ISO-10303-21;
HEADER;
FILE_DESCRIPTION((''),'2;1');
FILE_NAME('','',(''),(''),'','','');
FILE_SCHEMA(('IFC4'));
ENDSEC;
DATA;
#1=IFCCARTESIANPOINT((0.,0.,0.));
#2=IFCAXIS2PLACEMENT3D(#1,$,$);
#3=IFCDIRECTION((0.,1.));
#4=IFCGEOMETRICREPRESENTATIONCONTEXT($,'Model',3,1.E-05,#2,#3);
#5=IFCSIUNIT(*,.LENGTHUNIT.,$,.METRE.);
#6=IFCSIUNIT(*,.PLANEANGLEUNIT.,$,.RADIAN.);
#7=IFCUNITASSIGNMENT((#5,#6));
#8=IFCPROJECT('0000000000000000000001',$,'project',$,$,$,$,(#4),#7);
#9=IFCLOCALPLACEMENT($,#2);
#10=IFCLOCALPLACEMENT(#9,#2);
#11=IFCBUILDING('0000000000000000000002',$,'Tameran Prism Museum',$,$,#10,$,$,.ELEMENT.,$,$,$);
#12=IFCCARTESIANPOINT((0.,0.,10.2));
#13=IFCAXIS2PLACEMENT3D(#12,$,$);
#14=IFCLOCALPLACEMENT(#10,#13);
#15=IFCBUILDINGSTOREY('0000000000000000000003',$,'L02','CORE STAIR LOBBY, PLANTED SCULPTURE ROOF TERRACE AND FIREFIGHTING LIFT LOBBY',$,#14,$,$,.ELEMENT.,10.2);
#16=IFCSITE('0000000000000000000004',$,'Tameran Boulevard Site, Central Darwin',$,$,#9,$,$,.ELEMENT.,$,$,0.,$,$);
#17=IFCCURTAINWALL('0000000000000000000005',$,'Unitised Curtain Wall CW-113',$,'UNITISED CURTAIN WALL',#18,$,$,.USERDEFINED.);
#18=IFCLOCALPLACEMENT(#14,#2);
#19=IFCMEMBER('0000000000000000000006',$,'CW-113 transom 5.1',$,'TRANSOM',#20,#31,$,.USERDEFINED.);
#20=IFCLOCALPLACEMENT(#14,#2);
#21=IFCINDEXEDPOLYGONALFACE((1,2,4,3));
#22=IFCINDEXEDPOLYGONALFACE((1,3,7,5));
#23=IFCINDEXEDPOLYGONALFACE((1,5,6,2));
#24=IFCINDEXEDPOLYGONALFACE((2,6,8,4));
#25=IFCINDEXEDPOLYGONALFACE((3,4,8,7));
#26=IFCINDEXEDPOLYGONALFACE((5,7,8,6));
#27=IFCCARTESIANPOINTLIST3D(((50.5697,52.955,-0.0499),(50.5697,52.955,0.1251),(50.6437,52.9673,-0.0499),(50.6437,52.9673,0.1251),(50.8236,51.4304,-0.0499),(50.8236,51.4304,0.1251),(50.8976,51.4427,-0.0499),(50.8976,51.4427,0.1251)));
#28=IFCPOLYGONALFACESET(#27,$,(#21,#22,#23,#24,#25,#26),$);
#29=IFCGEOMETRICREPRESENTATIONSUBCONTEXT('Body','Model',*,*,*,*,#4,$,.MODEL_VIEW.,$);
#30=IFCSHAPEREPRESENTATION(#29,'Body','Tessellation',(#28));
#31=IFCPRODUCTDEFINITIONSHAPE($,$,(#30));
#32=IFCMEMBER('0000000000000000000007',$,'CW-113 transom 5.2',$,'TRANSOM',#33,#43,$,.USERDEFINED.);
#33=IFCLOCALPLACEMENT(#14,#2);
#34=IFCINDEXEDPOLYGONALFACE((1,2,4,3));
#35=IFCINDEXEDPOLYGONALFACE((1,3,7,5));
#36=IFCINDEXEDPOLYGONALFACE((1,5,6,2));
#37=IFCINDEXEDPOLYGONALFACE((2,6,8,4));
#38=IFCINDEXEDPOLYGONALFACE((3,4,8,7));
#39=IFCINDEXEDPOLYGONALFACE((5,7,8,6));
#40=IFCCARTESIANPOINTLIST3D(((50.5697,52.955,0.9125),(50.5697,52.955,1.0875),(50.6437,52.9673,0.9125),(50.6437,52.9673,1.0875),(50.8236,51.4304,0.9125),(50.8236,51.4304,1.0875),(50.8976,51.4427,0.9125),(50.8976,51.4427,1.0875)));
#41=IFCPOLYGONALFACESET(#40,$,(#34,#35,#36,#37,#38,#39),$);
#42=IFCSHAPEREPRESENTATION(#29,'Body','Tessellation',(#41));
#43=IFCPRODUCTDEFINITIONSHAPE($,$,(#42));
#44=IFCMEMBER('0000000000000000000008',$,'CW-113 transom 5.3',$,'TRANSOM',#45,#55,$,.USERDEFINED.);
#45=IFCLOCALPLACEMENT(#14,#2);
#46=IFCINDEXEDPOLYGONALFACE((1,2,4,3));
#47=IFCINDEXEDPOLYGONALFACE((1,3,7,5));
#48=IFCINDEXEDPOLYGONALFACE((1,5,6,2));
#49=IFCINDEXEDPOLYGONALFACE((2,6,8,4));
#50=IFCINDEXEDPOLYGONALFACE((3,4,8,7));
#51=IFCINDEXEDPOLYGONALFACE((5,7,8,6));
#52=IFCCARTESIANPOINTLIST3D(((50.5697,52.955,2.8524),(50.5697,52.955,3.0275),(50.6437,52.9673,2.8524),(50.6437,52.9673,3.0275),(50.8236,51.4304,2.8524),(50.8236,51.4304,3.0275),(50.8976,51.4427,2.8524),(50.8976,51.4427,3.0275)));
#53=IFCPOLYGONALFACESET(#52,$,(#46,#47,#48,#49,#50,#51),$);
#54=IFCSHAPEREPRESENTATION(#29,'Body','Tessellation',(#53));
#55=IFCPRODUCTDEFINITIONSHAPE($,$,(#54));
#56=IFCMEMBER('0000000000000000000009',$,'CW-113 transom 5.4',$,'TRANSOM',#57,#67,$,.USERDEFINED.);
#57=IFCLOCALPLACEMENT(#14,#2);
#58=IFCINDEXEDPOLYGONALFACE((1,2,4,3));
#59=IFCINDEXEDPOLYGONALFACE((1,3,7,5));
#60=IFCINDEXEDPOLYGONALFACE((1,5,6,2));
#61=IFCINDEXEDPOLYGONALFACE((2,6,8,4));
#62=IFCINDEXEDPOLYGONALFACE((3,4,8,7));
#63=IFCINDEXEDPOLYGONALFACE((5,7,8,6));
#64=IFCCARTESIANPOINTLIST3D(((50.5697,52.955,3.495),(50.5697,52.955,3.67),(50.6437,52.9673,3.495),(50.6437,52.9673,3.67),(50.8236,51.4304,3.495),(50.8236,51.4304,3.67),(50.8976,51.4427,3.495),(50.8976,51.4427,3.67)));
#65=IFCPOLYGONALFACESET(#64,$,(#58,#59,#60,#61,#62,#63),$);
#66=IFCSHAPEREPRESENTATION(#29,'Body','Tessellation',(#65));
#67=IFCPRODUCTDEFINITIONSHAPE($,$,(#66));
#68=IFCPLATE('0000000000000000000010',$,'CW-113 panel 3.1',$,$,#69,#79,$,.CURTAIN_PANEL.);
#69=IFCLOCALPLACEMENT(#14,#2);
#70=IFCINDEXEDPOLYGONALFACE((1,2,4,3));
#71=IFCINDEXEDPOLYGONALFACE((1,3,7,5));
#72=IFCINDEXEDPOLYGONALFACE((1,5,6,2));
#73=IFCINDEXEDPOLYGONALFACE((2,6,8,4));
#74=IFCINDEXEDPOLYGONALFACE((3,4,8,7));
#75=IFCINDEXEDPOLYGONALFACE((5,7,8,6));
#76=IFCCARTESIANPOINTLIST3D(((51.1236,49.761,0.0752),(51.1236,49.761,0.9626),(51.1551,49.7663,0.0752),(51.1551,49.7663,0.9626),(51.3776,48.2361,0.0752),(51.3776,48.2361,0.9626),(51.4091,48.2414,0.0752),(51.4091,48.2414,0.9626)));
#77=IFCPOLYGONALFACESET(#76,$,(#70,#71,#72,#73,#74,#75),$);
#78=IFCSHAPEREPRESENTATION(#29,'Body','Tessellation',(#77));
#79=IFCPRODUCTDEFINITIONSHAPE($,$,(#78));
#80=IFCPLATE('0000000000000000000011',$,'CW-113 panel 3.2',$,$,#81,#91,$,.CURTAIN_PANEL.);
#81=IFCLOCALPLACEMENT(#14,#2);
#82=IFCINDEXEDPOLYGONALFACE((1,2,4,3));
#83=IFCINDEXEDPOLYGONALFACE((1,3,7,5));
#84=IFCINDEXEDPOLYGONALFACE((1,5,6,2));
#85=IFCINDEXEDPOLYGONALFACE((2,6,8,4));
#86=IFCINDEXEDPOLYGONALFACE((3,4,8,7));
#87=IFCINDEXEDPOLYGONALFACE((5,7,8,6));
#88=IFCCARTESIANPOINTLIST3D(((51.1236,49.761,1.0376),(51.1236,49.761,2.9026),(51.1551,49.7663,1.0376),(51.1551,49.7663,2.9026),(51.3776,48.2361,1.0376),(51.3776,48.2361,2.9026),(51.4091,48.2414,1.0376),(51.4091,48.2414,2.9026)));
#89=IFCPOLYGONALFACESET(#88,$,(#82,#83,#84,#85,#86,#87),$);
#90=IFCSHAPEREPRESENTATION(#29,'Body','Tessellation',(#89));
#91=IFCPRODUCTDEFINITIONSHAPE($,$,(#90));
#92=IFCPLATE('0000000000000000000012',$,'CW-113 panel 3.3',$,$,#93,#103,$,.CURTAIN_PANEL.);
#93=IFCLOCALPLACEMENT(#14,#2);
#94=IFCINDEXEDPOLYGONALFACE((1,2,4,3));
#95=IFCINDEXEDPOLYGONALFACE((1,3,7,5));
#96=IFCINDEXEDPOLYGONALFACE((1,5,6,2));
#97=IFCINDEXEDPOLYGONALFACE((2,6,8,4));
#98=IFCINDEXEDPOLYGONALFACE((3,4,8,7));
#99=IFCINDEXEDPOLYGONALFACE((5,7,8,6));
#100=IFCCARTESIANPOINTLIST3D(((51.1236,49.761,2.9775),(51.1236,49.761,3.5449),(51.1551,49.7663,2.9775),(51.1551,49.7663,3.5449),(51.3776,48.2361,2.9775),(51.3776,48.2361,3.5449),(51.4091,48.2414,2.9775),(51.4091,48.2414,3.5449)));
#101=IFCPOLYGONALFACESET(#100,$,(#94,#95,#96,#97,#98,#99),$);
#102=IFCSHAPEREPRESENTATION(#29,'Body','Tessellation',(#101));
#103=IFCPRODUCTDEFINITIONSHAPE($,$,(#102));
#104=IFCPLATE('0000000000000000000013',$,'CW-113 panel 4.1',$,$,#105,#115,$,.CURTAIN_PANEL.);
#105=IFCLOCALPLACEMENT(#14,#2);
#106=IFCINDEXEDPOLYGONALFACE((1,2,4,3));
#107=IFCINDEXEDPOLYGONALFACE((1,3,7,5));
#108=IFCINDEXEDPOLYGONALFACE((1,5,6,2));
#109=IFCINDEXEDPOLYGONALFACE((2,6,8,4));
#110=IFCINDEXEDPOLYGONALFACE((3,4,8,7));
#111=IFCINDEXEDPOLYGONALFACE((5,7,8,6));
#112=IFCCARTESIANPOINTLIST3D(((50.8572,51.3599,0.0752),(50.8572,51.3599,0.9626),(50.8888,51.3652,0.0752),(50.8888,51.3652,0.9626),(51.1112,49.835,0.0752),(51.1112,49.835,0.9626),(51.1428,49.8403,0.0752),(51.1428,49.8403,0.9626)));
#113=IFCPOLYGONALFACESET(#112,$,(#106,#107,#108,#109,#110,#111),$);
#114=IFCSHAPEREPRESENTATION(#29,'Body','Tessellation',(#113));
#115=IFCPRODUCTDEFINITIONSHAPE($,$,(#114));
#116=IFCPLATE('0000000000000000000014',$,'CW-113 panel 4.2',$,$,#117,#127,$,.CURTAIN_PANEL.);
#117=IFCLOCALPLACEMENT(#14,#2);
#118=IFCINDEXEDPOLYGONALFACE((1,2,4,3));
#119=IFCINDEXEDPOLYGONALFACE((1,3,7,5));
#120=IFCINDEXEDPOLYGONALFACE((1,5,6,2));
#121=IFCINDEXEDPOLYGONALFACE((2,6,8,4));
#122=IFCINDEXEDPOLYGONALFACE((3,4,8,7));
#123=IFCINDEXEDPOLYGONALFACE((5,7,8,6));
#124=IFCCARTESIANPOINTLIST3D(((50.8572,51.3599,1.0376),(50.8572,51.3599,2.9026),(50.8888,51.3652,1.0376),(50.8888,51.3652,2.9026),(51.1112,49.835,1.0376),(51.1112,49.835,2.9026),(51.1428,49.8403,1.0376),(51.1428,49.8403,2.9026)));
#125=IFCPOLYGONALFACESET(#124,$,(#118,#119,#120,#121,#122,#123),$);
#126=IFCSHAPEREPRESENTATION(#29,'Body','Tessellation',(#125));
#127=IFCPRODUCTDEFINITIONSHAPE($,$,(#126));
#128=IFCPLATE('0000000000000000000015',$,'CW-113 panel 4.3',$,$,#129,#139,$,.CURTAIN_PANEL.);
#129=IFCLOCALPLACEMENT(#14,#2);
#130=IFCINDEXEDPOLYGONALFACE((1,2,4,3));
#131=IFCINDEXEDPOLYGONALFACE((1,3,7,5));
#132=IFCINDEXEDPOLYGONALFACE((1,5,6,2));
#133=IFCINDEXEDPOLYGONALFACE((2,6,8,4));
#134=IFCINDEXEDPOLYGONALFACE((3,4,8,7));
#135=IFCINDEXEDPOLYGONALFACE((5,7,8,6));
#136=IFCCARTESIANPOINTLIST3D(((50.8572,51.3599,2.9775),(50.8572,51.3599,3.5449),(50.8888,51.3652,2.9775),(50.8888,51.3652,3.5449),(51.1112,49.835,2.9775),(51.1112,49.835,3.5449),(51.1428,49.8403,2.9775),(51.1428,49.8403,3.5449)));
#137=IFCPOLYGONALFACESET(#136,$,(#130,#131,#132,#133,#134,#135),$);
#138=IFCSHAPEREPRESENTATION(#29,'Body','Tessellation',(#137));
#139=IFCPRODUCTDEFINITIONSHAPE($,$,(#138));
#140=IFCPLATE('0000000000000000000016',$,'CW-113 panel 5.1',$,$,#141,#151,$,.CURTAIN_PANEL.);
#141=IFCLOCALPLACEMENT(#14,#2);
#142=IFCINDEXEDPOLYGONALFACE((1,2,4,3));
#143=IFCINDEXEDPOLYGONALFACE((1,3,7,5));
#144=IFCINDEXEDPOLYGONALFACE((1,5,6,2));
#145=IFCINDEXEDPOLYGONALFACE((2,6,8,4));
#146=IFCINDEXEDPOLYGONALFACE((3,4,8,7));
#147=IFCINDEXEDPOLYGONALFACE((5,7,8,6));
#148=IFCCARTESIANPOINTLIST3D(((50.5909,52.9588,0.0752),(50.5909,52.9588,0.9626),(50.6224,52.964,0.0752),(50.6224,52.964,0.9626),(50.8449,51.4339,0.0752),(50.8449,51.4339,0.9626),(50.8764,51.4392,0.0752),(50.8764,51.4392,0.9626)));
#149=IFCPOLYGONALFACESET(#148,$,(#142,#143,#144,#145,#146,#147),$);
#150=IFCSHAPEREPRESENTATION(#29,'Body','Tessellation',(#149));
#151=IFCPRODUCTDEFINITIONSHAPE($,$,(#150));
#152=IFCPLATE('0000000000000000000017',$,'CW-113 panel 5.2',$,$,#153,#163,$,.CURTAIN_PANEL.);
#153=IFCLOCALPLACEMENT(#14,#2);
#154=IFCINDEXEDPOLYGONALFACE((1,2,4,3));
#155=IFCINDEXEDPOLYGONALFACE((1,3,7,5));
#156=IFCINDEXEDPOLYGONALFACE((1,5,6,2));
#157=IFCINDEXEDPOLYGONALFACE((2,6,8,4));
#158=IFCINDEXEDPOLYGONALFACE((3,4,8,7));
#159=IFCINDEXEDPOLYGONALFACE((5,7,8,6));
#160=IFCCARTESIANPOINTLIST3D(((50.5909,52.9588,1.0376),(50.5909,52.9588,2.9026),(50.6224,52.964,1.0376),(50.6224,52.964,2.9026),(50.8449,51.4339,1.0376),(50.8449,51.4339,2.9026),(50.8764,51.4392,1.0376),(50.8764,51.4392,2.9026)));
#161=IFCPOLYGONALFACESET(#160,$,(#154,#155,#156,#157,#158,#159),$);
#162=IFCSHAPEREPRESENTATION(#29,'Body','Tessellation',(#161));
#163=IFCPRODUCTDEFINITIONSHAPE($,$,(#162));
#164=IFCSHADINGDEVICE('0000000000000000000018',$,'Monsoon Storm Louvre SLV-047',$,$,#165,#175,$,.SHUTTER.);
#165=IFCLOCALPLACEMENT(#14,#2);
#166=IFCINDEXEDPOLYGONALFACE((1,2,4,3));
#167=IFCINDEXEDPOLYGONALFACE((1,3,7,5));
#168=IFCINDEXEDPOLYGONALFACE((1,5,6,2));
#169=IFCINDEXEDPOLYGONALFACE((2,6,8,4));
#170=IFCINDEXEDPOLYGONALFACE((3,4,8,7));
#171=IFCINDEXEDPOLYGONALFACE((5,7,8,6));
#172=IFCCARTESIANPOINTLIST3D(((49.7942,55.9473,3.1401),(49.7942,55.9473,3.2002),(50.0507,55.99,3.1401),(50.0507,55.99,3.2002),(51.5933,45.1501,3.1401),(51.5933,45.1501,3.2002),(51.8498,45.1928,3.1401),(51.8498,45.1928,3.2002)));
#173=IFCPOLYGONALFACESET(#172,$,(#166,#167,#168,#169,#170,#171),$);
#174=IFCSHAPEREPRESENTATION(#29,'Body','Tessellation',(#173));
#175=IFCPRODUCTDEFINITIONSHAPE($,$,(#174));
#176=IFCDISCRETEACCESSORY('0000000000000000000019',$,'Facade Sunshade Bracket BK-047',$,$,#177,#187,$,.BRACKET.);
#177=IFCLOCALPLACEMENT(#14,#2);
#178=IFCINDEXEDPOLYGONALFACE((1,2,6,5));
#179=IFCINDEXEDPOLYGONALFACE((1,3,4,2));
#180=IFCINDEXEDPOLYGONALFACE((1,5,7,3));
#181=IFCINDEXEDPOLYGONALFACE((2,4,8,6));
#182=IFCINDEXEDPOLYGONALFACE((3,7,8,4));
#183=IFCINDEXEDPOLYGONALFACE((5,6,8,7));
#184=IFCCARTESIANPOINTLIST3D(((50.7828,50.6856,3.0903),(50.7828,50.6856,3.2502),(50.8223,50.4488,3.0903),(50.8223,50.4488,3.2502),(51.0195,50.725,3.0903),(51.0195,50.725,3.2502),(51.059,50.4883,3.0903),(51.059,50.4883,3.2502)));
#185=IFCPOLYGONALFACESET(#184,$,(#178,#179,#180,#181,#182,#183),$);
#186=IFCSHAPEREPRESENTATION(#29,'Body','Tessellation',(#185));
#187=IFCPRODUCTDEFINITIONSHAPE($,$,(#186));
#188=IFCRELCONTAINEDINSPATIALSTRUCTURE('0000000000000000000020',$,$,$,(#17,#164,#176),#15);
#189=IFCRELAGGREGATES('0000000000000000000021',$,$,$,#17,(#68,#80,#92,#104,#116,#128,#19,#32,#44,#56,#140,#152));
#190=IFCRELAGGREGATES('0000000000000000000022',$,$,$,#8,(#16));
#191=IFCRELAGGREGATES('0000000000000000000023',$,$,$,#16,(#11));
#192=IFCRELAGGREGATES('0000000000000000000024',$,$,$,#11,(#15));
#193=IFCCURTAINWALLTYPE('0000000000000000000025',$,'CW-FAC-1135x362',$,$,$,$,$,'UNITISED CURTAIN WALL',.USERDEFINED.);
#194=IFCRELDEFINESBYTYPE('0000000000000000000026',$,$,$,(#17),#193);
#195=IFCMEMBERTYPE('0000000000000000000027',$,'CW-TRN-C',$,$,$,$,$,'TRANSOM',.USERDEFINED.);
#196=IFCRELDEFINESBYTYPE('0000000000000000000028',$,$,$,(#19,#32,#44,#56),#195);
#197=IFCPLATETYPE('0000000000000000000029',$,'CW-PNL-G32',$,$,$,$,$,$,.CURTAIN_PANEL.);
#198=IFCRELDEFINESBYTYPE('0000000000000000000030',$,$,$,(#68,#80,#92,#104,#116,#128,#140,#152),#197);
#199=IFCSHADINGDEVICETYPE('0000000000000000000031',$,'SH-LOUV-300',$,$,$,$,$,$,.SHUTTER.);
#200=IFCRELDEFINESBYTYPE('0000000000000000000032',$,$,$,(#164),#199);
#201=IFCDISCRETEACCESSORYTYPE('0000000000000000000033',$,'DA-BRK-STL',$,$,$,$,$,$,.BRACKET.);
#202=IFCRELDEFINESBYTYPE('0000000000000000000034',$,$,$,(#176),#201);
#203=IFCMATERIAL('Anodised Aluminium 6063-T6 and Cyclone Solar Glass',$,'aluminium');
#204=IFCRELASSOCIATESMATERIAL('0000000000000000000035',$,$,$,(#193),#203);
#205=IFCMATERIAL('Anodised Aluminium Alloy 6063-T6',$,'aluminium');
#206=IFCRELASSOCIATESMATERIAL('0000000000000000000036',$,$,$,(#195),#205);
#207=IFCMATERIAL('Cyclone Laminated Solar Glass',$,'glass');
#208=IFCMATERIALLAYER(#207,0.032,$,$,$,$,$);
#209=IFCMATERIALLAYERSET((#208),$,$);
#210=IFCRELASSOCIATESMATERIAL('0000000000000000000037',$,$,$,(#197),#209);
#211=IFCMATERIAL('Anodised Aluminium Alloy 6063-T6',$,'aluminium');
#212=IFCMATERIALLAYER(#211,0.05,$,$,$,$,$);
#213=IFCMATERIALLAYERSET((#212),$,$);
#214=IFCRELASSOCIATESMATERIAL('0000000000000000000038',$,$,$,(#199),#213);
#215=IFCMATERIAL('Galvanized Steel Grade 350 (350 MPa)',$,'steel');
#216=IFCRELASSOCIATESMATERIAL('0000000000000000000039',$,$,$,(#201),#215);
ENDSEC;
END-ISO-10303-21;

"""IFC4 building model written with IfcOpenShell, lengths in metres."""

from ifc_helpers import new_model, si_unit, direction, frame, origin, origin_2d, place, context, subcontext, project, spatial, rectangle, extrude, material, layer, layer_set, material_profile, profile_set, type_object, element, aggregate, save


model = new_model("IFC4")

# Units and contexts
model_context = context("Model", 3, precision=1e-05, world=origin(), true_north=direction((0.0, 1.0)))
body_context = subcontext(model_context, "Body", "Model", "MODEL_VIEW")
ifc_project = project(units=[si_unit("LENGTHUNIT", "METRE"), si_unit("PLANEANGLEUNIT", "RADIAN")], contexts=[model_context])

# Site, building, storey
site_placement = place(None, origin())
site = spatial("IfcSite", under=ifc_project, at=site_placement, Name="Tameran Boulevard Site, Central Darwin", CompositionType="ELEMENT", RefElevation=0.0)
building_placement = place(site_placement, origin())
building = spatial("IfcBuilding", under=site, at=building_placement, Name="Tameran Prism Museum", CompositionType="ELEMENT")
storey_placement = place(building_placement, frame((0.0, 0.0, 10.2)))
storey = spatial("IfcBuildingStorey", under=building, at=storey_placement, Name="L02", Description="CORE STAIR LOBBY, PLANTED SCULPTURE ROOF TERRACE AND FIREFIGHTING LIFT LOBBY", CompositionType="ELEMENT", Elevation=10.2)

# Curtain wall, members, plates
ifc_material_1 = material(Name="Anodised Aluminium 6063-T6 and Cyclone Solar Glass", Category="aluminium")
curtain_wall_type = type_object("IfcCurtainWallType", Name="CW-FAC-1135x362", ElementType="UNITISED CURTAIN WALL", PredefinedType="USERDEFINED", material=ifc_material_1)
curtain_wall_placement = place(storey_placement, origin())
curtain_wall = element("IfcCurtainWall", 1, at=curtain_wall_placement, inside=storey, type_object=curtain_wall_type, Name="Unitised Curtain Wall CW-113", ObjectType="UNITISED CURTAIN WALL", PredefinedType="USERDEFINED")
ifc_material_2 = material(Name="Anodised Aluminium Alloy 6063-T6", Category="aluminium")
ifc_material_profile_1 = material_profile(ifc_material_2, rectangle(XDim=0.075, YDim=0.175, at=origin_2d()))
ifc_profile_set_1 = profile_set([ifc_material_profile_1])
member_type_1 = type_object("IfcMemberType", Name="CW-TRN-C", ElementType="TRANSOM", PredefinedType="USERDEFINED", material=ifc_profile_set_1)
member_1_placement = place(storey_placement, frame((50.8606, 51.4365, 0.0376), z_axis=(-0.164271, 0.986415, 0.0), x_axis=(-0.986415, -0.164271, 0.0)))
member_1 = element("IfcMember", 2, at=member_1_placement, type_object=member_type_1, Name="CW-113 transom 5.1", ObjectType="TRANSOM", PredefinedType="USERDEFINED", context=body_context, shape_type="SweptSolid", body=[
    extrude(rectangle(XDim=0.075, YDim=0.175, at=origin_2d()), origin(), (0.0, 0.0, 1.0), 1.5457),
])
member_2_placement = place(storey_placement, frame((50.8606, 51.4365, 1.0), z_axis=(-0.164271, 0.986415, 0.0), x_axis=(-0.986415, -0.164271, 0.0)))
member_2 = element("IfcMember", 3, at=member_2_placement, type_object=member_type_1, Name="CW-113 transom 5.2", ObjectType="TRANSOM", PredefinedType="USERDEFINED", context=body_context, shape_type="SweptSolid", body=[
    extrude(rectangle(XDim=0.075, YDim=0.175, at=origin_2d()), origin(), (0.0, 0.0, 1.0), 1.5457),
])
member_3_placement = place(storey_placement, frame((50.8606, 51.4365, 2.9399), z_axis=(-0.164271, 0.986415, 0.0), x_axis=(-0.986415, -0.164271, 0.0)))
member_3 = element("IfcMember", 4, at=member_3_placement, type_object=member_type_1, Name="CW-113 transom 5.3", ObjectType="TRANSOM", PredefinedType="USERDEFINED", context=body_context, shape_type="SweptSolid", body=[
    extrude(rectangle(XDim=0.075, YDim=0.175, at=origin_2d()), origin(), (0.0, 0.0, 1.0), 1.5457),
])
member_4_placement = place(storey_placement, frame((50.8606, 51.4365, 3.5825), z_axis=(-0.164271, 0.986415, 0.0), x_axis=(-0.986415, -0.164271, 0.0)))
member_4 = element("IfcMember", 5, at=member_4_placement, type_object=member_type_1, Name="CW-113 transom 5.4", ObjectType="TRANSOM", PredefinedType="USERDEFINED", context=body_context, shape_type="SweptSolid", body=[
    extrude(rectangle(XDim=0.075, YDim=0.175, at=origin_2d()), origin(), (0.0, 0.0, 1.0), 1.5457),
])
ifc_material_3 = material(Name="Cyclone Laminated Solar Glass", Category="glass")
ifc_layer_1 = layer(ifc_material_3, 0.032)
ifc_layer_set_1 = layer_set([ifc_layer_1])
plate_type = type_object("IfcPlateType", Name="CW-PNL-G32", PredefinedType="CURTAIN_PANEL", material=ifc_layer_set_1)
plate_1_placement = place(storey_placement, frame((51.2664, 49.0012, 0.0752), z_axis=(0.0, 0.0, 1.0), x_axis=(-0.164285, 0.986413, 0.0)))
plate_1 = element("IfcPlate", 6, at=plate_1_placement, type_object=plate_type, Name="CW-113 panel 3.1", PredefinedType="CURTAIN_PANEL", context=body_context, shape_type="SweptSolid", body=[
    extrude(rectangle(XDim=1.5459, YDim=0.032, at=origin_2d()), origin(), (0.0, 0.0, 1.0), 0.8875),
])
plate_2_placement = place(storey_placement, frame((51.2664, 49.0012, 1.0376), z_axis=(0.0, 0.0, 1.0), x_axis=(-0.164285, 0.986413, 0.0)))
plate_2 = element("IfcPlate", 7, at=plate_2_placement, type_object=plate_type, Name="CW-113 panel 3.2", PredefinedType="CURTAIN_PANEL", context=body_context, shape_type="SweptSolid", body=[
    extrude(rectangle(XDim=1.5459, YDim=0.032, at=origin_2d()), origin(), (0.0, 0.0, 1.0), 1.865),
])
plate_3_placement = place(storey_placement, frame((51.2664, 49.0012, 2.9775), z_axis=(0.0, 0.0, 1.0), x_axis=(-0.164285, 0.986413, 0.0)))
plate_3 = element("IfcPlate", 8, at=plate_3_placement, type_object=plate_type, Name="CW-113 panel 3.3", PredefinedType="CURTAIN_PANEL", context=body_context, shape_type="SweptSolid", body=[
    extrude(rectangle(XDim=1.5459, YDim=0.032, at=origin_2d()), origin(), (0.0, 0.0, 1.0), 0.5674),
])
plate_4_placement = place(storey_placement, frame((51.0, 50.6001, 0.0752), z_axis=(0.0, 0.0, 1.0), x_axis=(-0.164285, 0.986413, 0.0)))
plate_4 = element("IfcPlate", 9, at=plate_4_placement, type_object=plate_type, Name="CW-113 panel 4.1", PredefinedType="CURTAIN_PANEL", context=body_context, shape_type="SweptSolid", body=[
    extrude(rectangle(XDim=1.5459, YDim=0.032, at=origin_2d()), origin(), (0.0, 0.0, 1.0), 0.8875),
])
plate_5_placement = place(storey_placement, frame((51.0, 50.6001, 1.0376), z_axis=(0.0, 0.0, 1.0), x_axis=(-0.164285, 0.986413, 0.0)))
plate_5 = element("IfcPlate", 10, at=plate_5_placement, type_object=plate_type, Name="CW-113 panel 4.2", PredefinedType="CURTAIN_PANEL", context=body_context, shape_type="SweptSolid", body=[
    extrude(rectangle(XDim=1.5459, YDim=0.032, at=origin_2d()), origin(), (0.0, 0.0, 1.0), 1.865),
])
plate_6_placement = place(storey_placement, frame((51.0, 50.6001, 2.9775), z_axis=(0.0, 0.0, 1.0), x_axis=(-0.164285, 0.986413, 0.0)))
plate_6 = element("IfcPlate", 11, at=plate_6_placement, type_object=plate_type, Name="CW-113 panel 4.3", PredefinedType="CURTAIN_PANEL", context=body_context, shape_type="SweptSolid", body=[
    extrude(rectangle(XDim=1.5459, YDim=0.032, at=origin_2d()), origin(), (0.0, 0.0, 1.0), 0.5674),
])
plate_7_placement = place(storey_placement, frame((50.7336, 52.199, 0.0752), z_axis=(0.0, 0.0, 1.0), x_axis=(-0.164285, 0.986413, 0.0)))
plate_7 = element("IfcPlate", 12, at=plate_7_placement, type_object=plate_type, Name="CW-113 panel 5.1", PredefinedType="CURTAIN_PANEL", context=body_context, shape_type="SweptSolid", body=[
    extrude(rectangle(XDim=1.5459, YDim=0.032, at=origin_2d()), origin(), (0.0, 0.0, 1.0), 0.8875),
])
plate_8_placement = place(storey_placement, frame((50.7336, 52.199, 1.0376), z_axis=(0.0, 0.0, 1.0), x_axis=(-0.164285, 0.986413, 0.0)))
plate_8 = element("IfcPlate", 13, at=plate_8_placement, type_object=plate_type, Name="CW-113 panel 5.2", PredefinedType="CURTAIN_PANEL", context=body_context, shape_type="SweptSolid", body=[
    extrude(rectangle(XDim=1.5459, YDim=0.032, at=origin_2d()), origin(), (0.0, 0.0, 1.0), 1.865),
])
aggregate(curtain_wall, [plate_1, plate_2, plate_3, plate_4, plate_5, plate_6, member_1, member_2, member_3, member_4, plate_7, plate_8])

# Shading device
ifc_material_4 = material(Name="Anodised Aluminium Alloy 6063-T6", Category="aluminium")
ifc_layer_2 = layer(ifc_material_4, 0.05)
ifc_layer_set_2 = layer_set([ifc_layer_2])
shading_device_type = type_object("IfcShadingDeviceType", Name="SH-LOUV-300", PredefinedType="SHUTTER", material=ifc_layer_set_2)
shading_device_placement = place(storey_placement, frame((50.822, 50.5701, 3.1401), z_axis=(0.0, 0.0, 1.0), x_axis=(-0.164359, 0.986401, 0.0)))
element("IfcShadingDevice", 14, at=shading_device_placement, inside=storey, type_object=shading_device_type, Name="Monsoon Storm Louvre SLV-047", PredefinedType="SHUTTER", context=body_context, shape_type="SweptSolid", body=[
    extrude(rectangle(XDim=10.946, YDim=0.26, at=origin_2d()), origin(), (0.0, 0.0, 1.0), 0.0601),
])

# Discrete accessory
ifc_material_5 = material(Name="Galvanized Steel Grade 350 (350 MPa)", Category="steel")
discrete_accessory_type = type_object("IfcDiscreteAccessoryType", Name="DA-BRK-STL", PredefinedType="BRACKET", material=ifc_material_5)
discrete_accessory_placement = place(storey_placement, frame((50.9209, 50.5869, 3.0903), z_axis=(0.0, 0.0, 1.0), x_axis=(-0.164359, 0.986401, 0.0)))
element("IfcDiscreteAccessory", 15, at=discrete_accessory_placement, inside=storey, type_object=discrete_accessory_type, Name="Facade Sunshade Bracket BK-047", PredefinedType="BRACKET", context=body_context, shape_type="SweptSolid", body=[
    extrude(rectangle(XDim=0.24, YDim=0.24, at=origin_2d()), origin(), (0.0, 0.0, 1.0), 0.1599),
])

save(model, "model.ifc")
